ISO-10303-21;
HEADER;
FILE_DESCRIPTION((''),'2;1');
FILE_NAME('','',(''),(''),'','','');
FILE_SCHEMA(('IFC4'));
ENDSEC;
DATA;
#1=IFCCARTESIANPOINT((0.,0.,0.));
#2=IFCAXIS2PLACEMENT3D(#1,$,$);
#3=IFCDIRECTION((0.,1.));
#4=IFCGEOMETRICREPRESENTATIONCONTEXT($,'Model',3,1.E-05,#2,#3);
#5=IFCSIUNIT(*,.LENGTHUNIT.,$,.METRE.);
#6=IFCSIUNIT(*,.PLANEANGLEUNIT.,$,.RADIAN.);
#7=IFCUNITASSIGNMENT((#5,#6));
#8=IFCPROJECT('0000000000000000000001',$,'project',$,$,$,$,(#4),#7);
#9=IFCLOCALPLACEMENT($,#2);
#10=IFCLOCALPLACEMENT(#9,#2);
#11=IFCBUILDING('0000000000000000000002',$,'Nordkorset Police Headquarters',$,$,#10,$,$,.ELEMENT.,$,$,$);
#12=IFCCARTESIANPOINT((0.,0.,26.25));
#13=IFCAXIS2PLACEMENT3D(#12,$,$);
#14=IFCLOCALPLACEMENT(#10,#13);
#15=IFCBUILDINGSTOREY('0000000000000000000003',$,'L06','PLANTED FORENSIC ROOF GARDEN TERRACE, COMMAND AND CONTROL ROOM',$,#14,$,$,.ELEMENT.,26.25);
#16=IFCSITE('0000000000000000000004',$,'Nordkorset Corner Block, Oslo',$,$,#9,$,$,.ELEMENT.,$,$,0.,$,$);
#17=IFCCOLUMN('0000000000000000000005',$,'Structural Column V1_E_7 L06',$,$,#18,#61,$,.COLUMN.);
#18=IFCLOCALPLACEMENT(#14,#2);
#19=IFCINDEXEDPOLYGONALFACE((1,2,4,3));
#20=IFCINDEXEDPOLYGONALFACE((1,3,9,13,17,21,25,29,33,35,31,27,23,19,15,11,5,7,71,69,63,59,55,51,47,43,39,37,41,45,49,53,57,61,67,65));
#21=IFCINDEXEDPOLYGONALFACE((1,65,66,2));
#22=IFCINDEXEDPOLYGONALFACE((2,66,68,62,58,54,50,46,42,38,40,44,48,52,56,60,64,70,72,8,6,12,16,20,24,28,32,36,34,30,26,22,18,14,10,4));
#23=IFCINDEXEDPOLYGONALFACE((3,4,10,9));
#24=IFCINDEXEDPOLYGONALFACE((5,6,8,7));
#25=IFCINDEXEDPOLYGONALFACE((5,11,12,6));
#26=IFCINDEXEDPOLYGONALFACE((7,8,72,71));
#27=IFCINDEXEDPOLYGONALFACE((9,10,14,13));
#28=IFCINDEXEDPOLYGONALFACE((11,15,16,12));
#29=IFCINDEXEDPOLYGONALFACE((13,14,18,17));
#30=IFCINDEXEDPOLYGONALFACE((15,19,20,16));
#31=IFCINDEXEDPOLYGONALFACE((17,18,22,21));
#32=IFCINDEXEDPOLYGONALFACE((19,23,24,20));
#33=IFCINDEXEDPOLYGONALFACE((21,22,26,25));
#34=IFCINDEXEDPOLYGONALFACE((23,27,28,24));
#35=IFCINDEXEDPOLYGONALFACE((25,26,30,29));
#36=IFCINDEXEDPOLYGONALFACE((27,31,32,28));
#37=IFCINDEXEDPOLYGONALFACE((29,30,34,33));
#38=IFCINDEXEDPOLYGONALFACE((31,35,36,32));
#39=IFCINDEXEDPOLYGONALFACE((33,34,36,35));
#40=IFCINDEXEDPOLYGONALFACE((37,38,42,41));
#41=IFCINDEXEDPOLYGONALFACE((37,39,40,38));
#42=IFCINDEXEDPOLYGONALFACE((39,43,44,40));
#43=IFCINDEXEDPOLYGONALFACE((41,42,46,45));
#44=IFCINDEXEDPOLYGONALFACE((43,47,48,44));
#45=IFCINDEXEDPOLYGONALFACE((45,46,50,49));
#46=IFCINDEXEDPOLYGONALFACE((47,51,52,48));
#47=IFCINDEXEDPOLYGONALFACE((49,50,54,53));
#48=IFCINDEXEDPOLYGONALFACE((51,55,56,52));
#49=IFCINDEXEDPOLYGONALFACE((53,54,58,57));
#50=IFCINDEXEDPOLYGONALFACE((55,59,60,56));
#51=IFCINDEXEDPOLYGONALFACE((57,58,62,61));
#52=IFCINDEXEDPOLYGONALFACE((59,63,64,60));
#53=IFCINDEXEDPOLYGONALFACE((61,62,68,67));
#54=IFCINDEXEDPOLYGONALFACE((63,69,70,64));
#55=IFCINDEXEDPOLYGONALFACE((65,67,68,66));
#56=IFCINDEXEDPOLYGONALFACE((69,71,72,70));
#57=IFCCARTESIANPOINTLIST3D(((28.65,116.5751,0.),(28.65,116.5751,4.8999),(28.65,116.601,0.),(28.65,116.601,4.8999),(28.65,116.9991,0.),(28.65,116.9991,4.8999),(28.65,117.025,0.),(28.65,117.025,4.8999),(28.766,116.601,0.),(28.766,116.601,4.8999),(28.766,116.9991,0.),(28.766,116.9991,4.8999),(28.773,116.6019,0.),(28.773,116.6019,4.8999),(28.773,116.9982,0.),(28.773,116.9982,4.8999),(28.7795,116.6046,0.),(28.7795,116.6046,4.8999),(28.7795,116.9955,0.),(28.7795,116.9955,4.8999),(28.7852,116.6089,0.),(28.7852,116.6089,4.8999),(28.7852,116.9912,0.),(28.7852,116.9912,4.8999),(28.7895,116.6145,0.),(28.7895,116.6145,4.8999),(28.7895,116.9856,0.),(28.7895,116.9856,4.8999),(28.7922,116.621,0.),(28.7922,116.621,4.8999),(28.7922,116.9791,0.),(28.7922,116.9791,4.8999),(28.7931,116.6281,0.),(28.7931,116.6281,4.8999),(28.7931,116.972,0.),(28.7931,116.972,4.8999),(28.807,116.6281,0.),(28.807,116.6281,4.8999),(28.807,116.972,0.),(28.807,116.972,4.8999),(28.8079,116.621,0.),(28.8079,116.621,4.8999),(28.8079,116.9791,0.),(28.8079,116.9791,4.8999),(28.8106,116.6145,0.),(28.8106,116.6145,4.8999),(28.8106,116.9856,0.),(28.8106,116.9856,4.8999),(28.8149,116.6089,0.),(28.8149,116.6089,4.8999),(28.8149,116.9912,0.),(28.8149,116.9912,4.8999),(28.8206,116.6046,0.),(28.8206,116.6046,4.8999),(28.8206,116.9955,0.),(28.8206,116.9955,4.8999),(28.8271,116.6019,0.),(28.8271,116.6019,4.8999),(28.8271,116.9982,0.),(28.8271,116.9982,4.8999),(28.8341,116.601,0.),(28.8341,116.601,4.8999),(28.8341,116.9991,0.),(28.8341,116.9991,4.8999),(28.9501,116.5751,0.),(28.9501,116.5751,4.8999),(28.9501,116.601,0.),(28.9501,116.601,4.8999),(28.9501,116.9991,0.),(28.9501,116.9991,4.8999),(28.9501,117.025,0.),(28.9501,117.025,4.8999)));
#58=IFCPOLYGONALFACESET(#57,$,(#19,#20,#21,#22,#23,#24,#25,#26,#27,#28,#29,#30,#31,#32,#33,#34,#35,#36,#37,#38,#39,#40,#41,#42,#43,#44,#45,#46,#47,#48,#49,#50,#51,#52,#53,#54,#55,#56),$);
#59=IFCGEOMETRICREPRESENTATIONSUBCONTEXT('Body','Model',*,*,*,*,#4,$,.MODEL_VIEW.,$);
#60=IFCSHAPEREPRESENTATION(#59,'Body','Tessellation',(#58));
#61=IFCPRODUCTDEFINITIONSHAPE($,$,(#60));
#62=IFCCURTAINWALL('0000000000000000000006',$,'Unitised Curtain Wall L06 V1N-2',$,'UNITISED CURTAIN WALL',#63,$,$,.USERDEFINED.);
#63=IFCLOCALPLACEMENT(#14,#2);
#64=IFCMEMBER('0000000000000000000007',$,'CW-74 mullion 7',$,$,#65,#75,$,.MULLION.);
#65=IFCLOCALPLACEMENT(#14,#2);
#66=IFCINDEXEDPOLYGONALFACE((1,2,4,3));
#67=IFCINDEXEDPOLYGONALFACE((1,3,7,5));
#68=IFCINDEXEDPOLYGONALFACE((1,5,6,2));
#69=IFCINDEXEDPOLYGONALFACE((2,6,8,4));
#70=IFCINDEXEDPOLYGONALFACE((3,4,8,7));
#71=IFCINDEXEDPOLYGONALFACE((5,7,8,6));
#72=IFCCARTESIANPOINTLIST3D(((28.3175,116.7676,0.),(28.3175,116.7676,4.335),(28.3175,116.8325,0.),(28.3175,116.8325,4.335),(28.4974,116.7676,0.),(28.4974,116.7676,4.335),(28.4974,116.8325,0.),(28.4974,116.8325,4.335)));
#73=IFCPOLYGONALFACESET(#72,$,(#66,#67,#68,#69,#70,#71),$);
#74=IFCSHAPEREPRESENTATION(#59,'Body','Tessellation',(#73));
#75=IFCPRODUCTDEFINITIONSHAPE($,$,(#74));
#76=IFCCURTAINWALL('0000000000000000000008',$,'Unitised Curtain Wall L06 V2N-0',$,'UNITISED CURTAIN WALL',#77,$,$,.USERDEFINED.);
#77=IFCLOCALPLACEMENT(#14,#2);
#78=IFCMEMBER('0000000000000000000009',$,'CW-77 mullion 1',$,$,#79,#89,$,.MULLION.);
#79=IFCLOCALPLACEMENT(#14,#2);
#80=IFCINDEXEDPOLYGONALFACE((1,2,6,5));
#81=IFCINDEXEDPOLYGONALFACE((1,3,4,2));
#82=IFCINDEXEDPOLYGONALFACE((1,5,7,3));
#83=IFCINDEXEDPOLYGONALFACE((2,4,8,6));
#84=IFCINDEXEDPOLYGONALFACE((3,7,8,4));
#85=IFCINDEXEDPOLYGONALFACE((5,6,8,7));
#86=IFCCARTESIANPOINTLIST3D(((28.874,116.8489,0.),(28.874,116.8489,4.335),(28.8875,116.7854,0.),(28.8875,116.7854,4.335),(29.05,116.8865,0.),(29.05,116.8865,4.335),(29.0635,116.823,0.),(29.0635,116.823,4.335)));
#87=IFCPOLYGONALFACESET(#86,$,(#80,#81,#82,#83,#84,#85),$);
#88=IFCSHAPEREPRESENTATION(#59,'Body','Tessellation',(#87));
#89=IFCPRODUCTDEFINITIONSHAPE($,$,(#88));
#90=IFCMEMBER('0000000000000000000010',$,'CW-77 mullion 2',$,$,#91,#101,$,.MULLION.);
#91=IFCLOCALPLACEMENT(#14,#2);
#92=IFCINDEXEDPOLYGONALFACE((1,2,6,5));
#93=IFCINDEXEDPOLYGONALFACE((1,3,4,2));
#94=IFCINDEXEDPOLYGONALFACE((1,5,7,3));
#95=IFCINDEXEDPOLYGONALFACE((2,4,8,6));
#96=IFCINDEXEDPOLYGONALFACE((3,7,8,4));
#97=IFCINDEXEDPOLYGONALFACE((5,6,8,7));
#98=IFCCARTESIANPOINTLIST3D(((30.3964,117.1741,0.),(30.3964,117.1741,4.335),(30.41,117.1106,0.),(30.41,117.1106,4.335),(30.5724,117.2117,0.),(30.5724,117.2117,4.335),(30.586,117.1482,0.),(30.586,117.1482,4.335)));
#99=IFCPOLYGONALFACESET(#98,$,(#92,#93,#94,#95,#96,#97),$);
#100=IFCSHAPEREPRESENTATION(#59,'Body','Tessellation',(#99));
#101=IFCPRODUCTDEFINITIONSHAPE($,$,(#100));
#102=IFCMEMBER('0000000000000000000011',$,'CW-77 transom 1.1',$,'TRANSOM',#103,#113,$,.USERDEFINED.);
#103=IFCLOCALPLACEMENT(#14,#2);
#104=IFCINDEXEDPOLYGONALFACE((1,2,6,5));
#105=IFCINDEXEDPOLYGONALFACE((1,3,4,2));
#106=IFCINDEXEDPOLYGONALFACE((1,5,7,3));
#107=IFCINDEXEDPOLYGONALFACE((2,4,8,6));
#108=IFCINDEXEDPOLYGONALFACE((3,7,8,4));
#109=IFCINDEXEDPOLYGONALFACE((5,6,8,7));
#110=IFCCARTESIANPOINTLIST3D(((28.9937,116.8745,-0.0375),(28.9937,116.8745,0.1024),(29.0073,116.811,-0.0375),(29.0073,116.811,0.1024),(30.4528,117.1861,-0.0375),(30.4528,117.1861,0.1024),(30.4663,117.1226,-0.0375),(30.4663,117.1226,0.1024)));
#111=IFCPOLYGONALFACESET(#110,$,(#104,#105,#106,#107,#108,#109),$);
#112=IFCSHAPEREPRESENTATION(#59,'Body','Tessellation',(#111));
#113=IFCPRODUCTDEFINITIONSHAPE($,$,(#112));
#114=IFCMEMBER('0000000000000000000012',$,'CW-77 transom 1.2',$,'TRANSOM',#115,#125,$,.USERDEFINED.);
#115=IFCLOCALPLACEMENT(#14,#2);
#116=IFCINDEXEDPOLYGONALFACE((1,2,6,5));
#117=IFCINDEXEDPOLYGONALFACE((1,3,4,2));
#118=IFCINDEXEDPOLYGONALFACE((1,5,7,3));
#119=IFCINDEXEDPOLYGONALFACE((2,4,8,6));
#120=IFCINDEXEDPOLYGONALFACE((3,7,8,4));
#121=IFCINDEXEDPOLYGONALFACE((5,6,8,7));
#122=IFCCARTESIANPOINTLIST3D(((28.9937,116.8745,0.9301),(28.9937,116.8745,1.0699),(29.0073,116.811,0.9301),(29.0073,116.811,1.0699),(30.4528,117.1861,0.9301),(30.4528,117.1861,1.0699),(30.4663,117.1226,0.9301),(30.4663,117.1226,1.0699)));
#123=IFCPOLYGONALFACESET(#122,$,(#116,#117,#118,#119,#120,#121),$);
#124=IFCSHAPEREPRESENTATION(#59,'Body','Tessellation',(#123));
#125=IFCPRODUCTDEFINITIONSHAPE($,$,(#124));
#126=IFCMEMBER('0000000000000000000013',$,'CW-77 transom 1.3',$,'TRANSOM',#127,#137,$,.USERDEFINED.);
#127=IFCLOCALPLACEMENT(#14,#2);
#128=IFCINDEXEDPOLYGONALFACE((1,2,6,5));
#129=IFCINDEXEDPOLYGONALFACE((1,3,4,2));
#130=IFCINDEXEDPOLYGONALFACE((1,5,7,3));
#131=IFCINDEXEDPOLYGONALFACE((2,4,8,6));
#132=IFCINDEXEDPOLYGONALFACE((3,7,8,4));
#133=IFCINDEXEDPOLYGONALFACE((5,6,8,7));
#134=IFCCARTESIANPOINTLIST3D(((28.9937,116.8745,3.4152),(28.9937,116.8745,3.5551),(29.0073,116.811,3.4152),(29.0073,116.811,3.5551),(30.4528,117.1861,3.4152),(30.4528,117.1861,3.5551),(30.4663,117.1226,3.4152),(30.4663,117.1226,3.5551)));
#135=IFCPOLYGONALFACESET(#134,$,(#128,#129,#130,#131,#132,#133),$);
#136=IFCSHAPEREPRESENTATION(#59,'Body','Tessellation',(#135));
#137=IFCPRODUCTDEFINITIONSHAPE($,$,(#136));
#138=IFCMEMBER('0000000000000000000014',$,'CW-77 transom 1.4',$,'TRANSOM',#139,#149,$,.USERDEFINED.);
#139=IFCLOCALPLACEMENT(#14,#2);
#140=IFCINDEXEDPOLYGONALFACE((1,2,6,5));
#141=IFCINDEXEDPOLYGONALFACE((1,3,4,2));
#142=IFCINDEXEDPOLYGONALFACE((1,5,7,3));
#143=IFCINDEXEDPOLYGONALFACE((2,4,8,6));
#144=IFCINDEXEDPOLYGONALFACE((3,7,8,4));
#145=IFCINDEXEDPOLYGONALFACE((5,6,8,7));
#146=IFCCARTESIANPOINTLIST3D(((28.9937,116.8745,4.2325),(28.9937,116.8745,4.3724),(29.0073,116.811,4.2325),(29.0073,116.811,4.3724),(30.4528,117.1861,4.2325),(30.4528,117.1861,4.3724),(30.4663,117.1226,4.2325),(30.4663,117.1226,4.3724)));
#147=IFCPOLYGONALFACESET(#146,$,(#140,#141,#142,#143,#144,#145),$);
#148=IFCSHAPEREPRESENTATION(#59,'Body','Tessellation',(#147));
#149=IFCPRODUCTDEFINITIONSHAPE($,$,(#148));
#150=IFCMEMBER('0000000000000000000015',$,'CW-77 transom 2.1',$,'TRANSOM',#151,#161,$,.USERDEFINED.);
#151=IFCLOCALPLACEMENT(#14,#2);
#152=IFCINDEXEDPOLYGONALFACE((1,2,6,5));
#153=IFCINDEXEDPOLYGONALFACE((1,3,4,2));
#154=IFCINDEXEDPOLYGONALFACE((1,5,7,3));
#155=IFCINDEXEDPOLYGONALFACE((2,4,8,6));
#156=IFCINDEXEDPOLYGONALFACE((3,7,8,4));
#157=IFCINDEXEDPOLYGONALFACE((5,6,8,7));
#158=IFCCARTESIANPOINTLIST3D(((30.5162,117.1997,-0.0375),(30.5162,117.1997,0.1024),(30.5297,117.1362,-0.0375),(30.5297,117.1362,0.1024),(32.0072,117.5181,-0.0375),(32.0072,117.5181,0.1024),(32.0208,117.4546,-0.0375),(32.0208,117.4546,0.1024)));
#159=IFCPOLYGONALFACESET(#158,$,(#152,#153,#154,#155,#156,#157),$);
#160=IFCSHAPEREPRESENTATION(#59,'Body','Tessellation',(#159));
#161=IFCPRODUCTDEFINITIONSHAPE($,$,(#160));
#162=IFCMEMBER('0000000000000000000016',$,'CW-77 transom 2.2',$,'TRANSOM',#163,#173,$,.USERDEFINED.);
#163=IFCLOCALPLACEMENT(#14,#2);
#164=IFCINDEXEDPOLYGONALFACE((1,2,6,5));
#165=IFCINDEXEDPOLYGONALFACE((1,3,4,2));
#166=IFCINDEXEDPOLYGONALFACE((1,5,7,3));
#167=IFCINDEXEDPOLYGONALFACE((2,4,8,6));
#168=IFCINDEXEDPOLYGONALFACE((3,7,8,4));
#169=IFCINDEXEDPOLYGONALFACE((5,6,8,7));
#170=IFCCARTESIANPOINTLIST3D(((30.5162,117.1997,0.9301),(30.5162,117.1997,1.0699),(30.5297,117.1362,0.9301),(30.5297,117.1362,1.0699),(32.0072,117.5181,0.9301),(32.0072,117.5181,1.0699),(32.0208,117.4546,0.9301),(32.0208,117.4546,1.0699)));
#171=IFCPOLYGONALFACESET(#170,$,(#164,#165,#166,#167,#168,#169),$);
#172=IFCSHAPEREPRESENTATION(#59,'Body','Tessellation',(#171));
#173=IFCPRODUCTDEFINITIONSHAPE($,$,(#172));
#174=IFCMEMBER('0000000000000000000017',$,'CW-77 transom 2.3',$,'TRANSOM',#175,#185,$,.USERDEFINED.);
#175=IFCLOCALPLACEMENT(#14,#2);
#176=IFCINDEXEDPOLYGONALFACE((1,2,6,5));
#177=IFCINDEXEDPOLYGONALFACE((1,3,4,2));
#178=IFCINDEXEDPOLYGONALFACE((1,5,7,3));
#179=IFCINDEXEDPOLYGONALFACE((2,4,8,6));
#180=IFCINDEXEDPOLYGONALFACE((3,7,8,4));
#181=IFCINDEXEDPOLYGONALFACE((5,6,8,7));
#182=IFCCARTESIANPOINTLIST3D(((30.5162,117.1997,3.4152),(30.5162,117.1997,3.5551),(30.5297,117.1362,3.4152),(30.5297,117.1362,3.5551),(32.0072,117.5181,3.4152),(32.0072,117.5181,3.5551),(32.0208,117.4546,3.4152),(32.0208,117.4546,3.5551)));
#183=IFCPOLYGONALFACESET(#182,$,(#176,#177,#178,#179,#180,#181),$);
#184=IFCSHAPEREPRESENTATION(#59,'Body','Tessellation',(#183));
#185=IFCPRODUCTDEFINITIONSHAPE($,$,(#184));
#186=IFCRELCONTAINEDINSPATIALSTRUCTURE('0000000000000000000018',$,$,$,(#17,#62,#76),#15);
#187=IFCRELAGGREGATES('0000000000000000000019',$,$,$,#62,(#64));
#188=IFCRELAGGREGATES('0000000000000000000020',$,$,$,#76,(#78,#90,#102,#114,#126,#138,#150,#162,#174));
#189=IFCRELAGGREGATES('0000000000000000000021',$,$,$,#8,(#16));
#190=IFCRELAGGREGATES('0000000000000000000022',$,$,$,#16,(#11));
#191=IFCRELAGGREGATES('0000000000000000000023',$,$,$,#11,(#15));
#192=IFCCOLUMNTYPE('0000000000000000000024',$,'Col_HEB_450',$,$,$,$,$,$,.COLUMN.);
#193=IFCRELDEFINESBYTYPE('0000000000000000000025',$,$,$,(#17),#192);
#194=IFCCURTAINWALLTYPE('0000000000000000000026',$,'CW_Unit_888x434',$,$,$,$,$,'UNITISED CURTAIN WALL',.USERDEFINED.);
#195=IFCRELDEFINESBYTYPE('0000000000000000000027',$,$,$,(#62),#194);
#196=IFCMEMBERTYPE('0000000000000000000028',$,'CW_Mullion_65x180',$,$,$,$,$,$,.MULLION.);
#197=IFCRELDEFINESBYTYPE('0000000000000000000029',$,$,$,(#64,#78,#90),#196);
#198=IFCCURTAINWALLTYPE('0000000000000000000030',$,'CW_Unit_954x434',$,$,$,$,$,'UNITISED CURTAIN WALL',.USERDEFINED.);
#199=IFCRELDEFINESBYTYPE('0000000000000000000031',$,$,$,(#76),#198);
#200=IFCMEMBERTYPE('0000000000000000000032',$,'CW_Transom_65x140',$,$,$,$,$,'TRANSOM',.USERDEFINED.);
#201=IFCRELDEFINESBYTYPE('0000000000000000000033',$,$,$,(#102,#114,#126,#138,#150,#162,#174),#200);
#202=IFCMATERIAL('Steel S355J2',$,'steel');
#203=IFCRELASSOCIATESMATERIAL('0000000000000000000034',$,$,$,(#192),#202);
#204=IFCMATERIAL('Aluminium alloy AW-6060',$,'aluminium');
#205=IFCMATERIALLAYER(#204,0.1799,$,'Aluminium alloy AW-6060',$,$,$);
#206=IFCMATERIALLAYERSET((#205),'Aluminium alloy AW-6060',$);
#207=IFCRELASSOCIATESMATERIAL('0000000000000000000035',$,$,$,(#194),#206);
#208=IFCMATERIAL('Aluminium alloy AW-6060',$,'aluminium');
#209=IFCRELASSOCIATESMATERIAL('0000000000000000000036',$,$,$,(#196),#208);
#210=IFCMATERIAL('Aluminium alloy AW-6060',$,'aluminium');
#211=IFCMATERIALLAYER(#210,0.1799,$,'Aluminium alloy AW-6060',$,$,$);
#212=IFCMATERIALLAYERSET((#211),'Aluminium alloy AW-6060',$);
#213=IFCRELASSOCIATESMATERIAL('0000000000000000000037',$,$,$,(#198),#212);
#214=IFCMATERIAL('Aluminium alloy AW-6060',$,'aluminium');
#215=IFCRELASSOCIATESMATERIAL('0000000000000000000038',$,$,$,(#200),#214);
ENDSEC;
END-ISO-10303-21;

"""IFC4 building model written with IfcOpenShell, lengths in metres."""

from ifc_helpers import new_model, si_unit, direction, frame, origin, origin_2d, place, context, subcontext, project, spatial, rectangle, i_section, extrude, material, layer, layer_set, material_profile, profile_set, type_object, element, aggregate, save


model = new_model("IFC4")

# Units and contexts
model_context = context("Model", 3, precision=1e-05, world=origin(), true_north=direction((0.0, 1.0)))
body_context = subcontext(model_context, "Body", "Model", "MODEL_VIEW")
ifc_project = project(units=[si_unit("LENGTHUNIT", "METRE"), si_unit("PLANEANGLEUNIT", "RADIAN")], contexts=[model_context])

# Site, building, storey
site_placement = place(None, origin())
site = spatial("IfcSite", under=ifc_project, at=site_placement, Name="Nordkorset Corner Block, Oslo", CompositionType="ELEMENT", RefElevation=0.0)
building_placement = place(site_placement, origin())
building = spatial("IfcBuilding", under=site, at=building_placement, Name="Nordkorset Police Headquarters", CompositionType="ELEMENT")
storey_placement = place(building_placement, frame((0.0, 0.0, 26.25)))
storey = spatial("IfcBuildingStorey", under=building, at=storey_placement, Name="L06", Description="PLANTED FORENSIC ROOF GARDEN TERRACE, COMMAND AND CONTROL ROOM", CompositionType="ELEMENT", Elevation=26.25)

# Column
ifc_material_1 = material(Name="Steel S355J2", Category="steel")
ifc_material_profile_1 = material_profile(ifc_material_1, i_section(OverallWidth=0.3, OverallDepth=0.45, WebThickness=0.0139, FlangeThickness=0.0259, FilletRadius=0.0271, at=origin_2d()), Name="HEB 450")
ifc_profile_set_1 = profile_set([ifc_material_profile_1], Name="Steel S355J2")
column_type = type_object("IfcColumnType", Name="Col_HEB_450", PredefinedType="COLUMN", material=ifc_profile_set_1)
column_placement = place(storey_placement, frame((28.8, 116.8, 0.0), z_axis=(0.0, 0.0, 1.0), x_axis=(1.0, 0.0, 0.0)))
element("IfcColumn", 1, at=column_placement, inside=storey, type_object=column_type, Name="Structural Column V1_E_7 L06", PredefinedType="COLUMN", context=body_context, shape_type="SweptSolid", body=[
    extrude(i_section(OverallWidth=0.3, OverallDepth=0.45, WebThickness=0.0139, FlangeThickness=0.0259, FilletRadius=0.0271, at=origin_2d()), origin(), (0.0, 0.0, 1.0), 4.8999),
])

# Curtain wall, member
ifc_material_2 = material(Name="Aluminium alloy AW-6060", Category="aluminium")
ifc_layer_1 = layer(ifc_material_2, 0.1799, Name="Aluminium alloy AW-6060")
ifc_layer_set_1 = layer_set([ifc_layer_1], Name="Aluminium alloy AW-6060")
curtain_wall_type_1 = type_object("IfcCurtainWallType", Name="CW_Unit_888x434", ElementType="UNITISED CURTAIN WALL", PredefinedType="USERDEFINED", material=ifc_layer_set_1)
curtain_wall_1_placement = place(storey_placement, origin())
curtain_wall_1 = element("IfcCurtainWall", 2, at=curtain_wall_1_placement, inside=storey, type_object=curtain_wall_type_1, Name="Unitised Curtain Wall L06 V1N-2", ObjectType="UNITISED CURTAIN WALL", PredefinedType="USERDEFINED")
ifc_material_3 = material(Name="Aluminium alloy AW-6060", Category="aluminium")
ifc_material_profile_2 = material_profile(ifc_material_3, rectangle(XDim=0.0649, YDim=0.1799, at=origin_2d()), Name="ALU MULL 65x180")
ifc_profile_set_2 = profile_set([ifc_material_profile_2], Name="Aluminium alloy AW-6060")
member_type_1 = type_object("IfcMemberType", Name="CW_Mullion_65x180", PredefinedType="MULLION", material=ifc_profile_set_2)
member_1_placement = place(storey_placement, frame((28.4075, 116.8, 0.0), z_axis=(0.0, 0.0, 1.0), x_axis=(0.0, 1.0, 0.0)))
member_1 = element("IfcMember", 3, at=member_1_placement, type_object=member_type_1, Name="CW-74 mullion 7", PredefinedType="MULLION", context=body_context, shape_type="SweptSolid", body=[
    extrude(rectangle(XDim=0.0649, YDim=0.1799, at=origin_2d()), origin(), (0.0, 0.0, 1.0), 4.335),
])

# Curtain wall, members
ifc_material_4 = material(Name="Aluminium alloy AW-6060", Category="aluminium")
ifc_layer_2 = layer(ifc_material_4, 0.1799, Name="Aluminium alloy AW-6060")
ifc_layer_set_2 = layer_set([ifc_layer_2], Name="Aluminium alloy AW-6060")
curtain_wall_type_2 = type_object("IfcCurtainWallType", Name="CW_Unit_954x434", ElementType="UNITISED CURTAIN WALL", PredefinedType="USERDEFINED", material=ifc_layer_set_2)
curtain_wall_2_placement = place(storey_placement, origin())
curtain_wall_2 = element("IfcCurtainWall", 4, at=curtain_wall_2_placement, inside=storey, type_object=curtain_wall_type_2, Name="Unitised Curtain Wall L06 V2N-0", ObjectType="UNITISED CURTAIN WALL", PredefinedType="USERDEFINED")
member_2_placement = place(storey_placement, frame((28.9688, 116.8359, 0.0), z_axis=(0.0, 0.0, 1.0), x_axis=(-0.208833, 0.977951, 0.0)))
member_2 = element("IfcMember", 5, at=member_2_placement, type_object=member_type_1, Name="CW-77 mullion 1", PredefinedType="MULLION", context=body_context, shape_type="SweptSolid", body=[
    extrude(rectangle(XDim=0.0649, YDim=0.1799, at=origin_2d()), origin(), (0.0, 0.0, 1.0), 4.335),
])
member_3_placement = place(storey_placement, frame((30.4912, 117.1611, 0.0), z_axis=(0.0, 0.0, 1.0), x_axis=(-0.208833, 0.977951, 0.0)))
member_3 = element("IfcMember", 6, at=member_3_placement, type_object=member_type_1, Name="CW-77 mullion 2", PredefinedType="MULLION", context=body_context, shape_type="SweptSolid", body=[
    extrude(rectangle(XDim=0.0649, YDim=0.1799, at=origin_2d()), origin(), (0.0, 0.0, 1.0), 4.335),
])
ifc_material_5 = material(Name="Aluminium alloy AW-6060", Category="aluminium")
ifc_material_profile_3 = material_profile(ifc_material_5, rectangle(XDim=0.0649, YDim=0.1399, at=origin_2d()), Name="ALU TRAN 65x140")
ifc_profile_set_3 = profile_set([ifc_material_profile_3], Name="Aluminium alloy AW-6060")
member_type_2 = type_object("IfcMemberType", Name="CW_Transom_65x140", ElementType="TRANSOM", PredefinedType="USERDEFINED", material=ifc_profile_set_3)
member_4_placement = place(storey_placement, frame((29.0005, 116.8428, 0.0325), z_axis=(0.977955, 0.208814, 0.0), x_axis=(-0.208814, 0.977955, 0.0)))
member_4 = element("IfcMember", 7, at=member_4_placement, type_object=member_type_2, Name="CW-77 transom 1.1", ObjectType="TRANSOM", PredefinedType="USERDEFINED", context=body_context, shape_type="SweptSolid", body=[
    extrude(rectangle(XDim=0.0649, YDim=0.1399, at=origin_2d()), origin(), (0.0, 0.0, 1.0), 1.4919),
])
member_5_placement = place(storey_placement, frame((29.0005, 116.8428, 1.0), z_axis=(0.977955, 0.208814, 0.0), x_axis=(-0.208814, 0.977955, 0.0)))
member_5 = element("IfcMember", 8, at=member_5_placement, type_object=member_type_2, Name="CW-77 transom 1.2", ObjectType="TRANSOM", PredefinedType="USERDEFINED", context=body_context, shape_type="SweptSolid", body=[
    extrude(rectangle(XDim=0.0649, YDim=0.1399, at=origin_2d()), origin(), (0.0, 0.0, 1.0), 1.4919),
])
member_6_placement = place(storey_placement, frame((29.0005, 116.8428, 3.4851), z_axis=(0.977955, 0.208814, 0.0), x_axis=(-0.208814, 0.977955, 0.0)))
member_6 = element("IfcMember", 9, at=member_6_placement, type_object=member_type_2, Name="CW-77 transom 1.3", ObjectType="TRANSOM", PredefinedType="USERDEFINED", context=body_context, shape_type="SweptSolid", body=[
    extrude(rectangle(XDim=0.0649, YDim=0.1399, at=origin_2d()), origin(), (0.0, 0.0, 1.0), 1.4919),
])
member_7_placement = place(storey_placement, frame((29.0005, 116.8428, 4.3025), z_axis=(0.977955, 0.208814, 0.0), x_axis=(-0.208814, 0.977955, 0.0)))
member_7 = element("IfcMember", 10, at=member_7_placement, type_object=member_type_2, Name="CW-77 transom 1.4", ObjectType="TRANSOM", PredefinedType="USERDEFINED", context=body_context, shape_type="SweptSolid", body=[
    extrude(rectangle(XDim=0.0649, YDim=0.1399, at=origin_2d()), origin(), (0.0, 0.0, 1.0), 1.4919),
])
member_8_placement = place(storey_placement, frame((30.5229, 117.168, 0.0325), z_axis=(0.977954, 0.208818, 0.0), x_axis=(-0.208818, 0.977954, 0.0)))
member_8 = element("IfcMember", 11, at=member_8_placement, type_object=member_type_2, Name="CW-77 transom 2.1", ObjectType="TRANSOM", PredefinedType="USERDEFINED", context=body_context, shape_type="SweptSolid", body=[
    extrude(rectangle(XDim=0.0649, YDim=0.1399, at=origin_2d()), origin(), (0.0, 0.0, 1.0), 1.5247),
])
member_9_placement = place(storey_placement, frame((30.5229, 117.168, 1.0), z_axis=(0.977954, 0.208818, 0.0), x_axis=(-0.208818, 0.977954, 0.0)))
member_9 = element("IfcMember", 12, at=member_9_placement, type_object=member_type_2, Name="CW-77 transom 2.2", ObjectType="TRANSOM", PredefinedType="USERDEFINED", context=body_context, shape_type="SweptSolid", body=[
    extrude(rectangle(XDim=0.0649, YDim=0.1399, at=origin_2d()), origin(), (0.0, 0.0, 1.0), 1.5247),
])
member_10_placement = place(storey_placement, frame((30.5229, 117.168, 3.4851), z_axis=(0.977954, 0.208818, 0.0), x_axis=(-0.208818, 0.977954, 0.0)))
member_10 = element("IfcMember", 13, at=member_10_placement, type_object=member_type_2, Name="CW-77 transom 2.3", ObjectType="TRANSOM", PredefinedType="USERDEFINED", context=body_context, shape_type="SweptSolid", body=[
    extrude(rectangle(XDim=0.0649, YDim=0.1399, at=origin_2d()), origin(), (0.0, 0.0, 1.0), 1.5247),
])

aggregate(curtain_wall_1, [member_1])
aggregate(curtain_wall_2, [member_2, member_3, member_4, member_5, member_6, member_7, member_8, member_9, member_10])

save(model, "model.ifc")
